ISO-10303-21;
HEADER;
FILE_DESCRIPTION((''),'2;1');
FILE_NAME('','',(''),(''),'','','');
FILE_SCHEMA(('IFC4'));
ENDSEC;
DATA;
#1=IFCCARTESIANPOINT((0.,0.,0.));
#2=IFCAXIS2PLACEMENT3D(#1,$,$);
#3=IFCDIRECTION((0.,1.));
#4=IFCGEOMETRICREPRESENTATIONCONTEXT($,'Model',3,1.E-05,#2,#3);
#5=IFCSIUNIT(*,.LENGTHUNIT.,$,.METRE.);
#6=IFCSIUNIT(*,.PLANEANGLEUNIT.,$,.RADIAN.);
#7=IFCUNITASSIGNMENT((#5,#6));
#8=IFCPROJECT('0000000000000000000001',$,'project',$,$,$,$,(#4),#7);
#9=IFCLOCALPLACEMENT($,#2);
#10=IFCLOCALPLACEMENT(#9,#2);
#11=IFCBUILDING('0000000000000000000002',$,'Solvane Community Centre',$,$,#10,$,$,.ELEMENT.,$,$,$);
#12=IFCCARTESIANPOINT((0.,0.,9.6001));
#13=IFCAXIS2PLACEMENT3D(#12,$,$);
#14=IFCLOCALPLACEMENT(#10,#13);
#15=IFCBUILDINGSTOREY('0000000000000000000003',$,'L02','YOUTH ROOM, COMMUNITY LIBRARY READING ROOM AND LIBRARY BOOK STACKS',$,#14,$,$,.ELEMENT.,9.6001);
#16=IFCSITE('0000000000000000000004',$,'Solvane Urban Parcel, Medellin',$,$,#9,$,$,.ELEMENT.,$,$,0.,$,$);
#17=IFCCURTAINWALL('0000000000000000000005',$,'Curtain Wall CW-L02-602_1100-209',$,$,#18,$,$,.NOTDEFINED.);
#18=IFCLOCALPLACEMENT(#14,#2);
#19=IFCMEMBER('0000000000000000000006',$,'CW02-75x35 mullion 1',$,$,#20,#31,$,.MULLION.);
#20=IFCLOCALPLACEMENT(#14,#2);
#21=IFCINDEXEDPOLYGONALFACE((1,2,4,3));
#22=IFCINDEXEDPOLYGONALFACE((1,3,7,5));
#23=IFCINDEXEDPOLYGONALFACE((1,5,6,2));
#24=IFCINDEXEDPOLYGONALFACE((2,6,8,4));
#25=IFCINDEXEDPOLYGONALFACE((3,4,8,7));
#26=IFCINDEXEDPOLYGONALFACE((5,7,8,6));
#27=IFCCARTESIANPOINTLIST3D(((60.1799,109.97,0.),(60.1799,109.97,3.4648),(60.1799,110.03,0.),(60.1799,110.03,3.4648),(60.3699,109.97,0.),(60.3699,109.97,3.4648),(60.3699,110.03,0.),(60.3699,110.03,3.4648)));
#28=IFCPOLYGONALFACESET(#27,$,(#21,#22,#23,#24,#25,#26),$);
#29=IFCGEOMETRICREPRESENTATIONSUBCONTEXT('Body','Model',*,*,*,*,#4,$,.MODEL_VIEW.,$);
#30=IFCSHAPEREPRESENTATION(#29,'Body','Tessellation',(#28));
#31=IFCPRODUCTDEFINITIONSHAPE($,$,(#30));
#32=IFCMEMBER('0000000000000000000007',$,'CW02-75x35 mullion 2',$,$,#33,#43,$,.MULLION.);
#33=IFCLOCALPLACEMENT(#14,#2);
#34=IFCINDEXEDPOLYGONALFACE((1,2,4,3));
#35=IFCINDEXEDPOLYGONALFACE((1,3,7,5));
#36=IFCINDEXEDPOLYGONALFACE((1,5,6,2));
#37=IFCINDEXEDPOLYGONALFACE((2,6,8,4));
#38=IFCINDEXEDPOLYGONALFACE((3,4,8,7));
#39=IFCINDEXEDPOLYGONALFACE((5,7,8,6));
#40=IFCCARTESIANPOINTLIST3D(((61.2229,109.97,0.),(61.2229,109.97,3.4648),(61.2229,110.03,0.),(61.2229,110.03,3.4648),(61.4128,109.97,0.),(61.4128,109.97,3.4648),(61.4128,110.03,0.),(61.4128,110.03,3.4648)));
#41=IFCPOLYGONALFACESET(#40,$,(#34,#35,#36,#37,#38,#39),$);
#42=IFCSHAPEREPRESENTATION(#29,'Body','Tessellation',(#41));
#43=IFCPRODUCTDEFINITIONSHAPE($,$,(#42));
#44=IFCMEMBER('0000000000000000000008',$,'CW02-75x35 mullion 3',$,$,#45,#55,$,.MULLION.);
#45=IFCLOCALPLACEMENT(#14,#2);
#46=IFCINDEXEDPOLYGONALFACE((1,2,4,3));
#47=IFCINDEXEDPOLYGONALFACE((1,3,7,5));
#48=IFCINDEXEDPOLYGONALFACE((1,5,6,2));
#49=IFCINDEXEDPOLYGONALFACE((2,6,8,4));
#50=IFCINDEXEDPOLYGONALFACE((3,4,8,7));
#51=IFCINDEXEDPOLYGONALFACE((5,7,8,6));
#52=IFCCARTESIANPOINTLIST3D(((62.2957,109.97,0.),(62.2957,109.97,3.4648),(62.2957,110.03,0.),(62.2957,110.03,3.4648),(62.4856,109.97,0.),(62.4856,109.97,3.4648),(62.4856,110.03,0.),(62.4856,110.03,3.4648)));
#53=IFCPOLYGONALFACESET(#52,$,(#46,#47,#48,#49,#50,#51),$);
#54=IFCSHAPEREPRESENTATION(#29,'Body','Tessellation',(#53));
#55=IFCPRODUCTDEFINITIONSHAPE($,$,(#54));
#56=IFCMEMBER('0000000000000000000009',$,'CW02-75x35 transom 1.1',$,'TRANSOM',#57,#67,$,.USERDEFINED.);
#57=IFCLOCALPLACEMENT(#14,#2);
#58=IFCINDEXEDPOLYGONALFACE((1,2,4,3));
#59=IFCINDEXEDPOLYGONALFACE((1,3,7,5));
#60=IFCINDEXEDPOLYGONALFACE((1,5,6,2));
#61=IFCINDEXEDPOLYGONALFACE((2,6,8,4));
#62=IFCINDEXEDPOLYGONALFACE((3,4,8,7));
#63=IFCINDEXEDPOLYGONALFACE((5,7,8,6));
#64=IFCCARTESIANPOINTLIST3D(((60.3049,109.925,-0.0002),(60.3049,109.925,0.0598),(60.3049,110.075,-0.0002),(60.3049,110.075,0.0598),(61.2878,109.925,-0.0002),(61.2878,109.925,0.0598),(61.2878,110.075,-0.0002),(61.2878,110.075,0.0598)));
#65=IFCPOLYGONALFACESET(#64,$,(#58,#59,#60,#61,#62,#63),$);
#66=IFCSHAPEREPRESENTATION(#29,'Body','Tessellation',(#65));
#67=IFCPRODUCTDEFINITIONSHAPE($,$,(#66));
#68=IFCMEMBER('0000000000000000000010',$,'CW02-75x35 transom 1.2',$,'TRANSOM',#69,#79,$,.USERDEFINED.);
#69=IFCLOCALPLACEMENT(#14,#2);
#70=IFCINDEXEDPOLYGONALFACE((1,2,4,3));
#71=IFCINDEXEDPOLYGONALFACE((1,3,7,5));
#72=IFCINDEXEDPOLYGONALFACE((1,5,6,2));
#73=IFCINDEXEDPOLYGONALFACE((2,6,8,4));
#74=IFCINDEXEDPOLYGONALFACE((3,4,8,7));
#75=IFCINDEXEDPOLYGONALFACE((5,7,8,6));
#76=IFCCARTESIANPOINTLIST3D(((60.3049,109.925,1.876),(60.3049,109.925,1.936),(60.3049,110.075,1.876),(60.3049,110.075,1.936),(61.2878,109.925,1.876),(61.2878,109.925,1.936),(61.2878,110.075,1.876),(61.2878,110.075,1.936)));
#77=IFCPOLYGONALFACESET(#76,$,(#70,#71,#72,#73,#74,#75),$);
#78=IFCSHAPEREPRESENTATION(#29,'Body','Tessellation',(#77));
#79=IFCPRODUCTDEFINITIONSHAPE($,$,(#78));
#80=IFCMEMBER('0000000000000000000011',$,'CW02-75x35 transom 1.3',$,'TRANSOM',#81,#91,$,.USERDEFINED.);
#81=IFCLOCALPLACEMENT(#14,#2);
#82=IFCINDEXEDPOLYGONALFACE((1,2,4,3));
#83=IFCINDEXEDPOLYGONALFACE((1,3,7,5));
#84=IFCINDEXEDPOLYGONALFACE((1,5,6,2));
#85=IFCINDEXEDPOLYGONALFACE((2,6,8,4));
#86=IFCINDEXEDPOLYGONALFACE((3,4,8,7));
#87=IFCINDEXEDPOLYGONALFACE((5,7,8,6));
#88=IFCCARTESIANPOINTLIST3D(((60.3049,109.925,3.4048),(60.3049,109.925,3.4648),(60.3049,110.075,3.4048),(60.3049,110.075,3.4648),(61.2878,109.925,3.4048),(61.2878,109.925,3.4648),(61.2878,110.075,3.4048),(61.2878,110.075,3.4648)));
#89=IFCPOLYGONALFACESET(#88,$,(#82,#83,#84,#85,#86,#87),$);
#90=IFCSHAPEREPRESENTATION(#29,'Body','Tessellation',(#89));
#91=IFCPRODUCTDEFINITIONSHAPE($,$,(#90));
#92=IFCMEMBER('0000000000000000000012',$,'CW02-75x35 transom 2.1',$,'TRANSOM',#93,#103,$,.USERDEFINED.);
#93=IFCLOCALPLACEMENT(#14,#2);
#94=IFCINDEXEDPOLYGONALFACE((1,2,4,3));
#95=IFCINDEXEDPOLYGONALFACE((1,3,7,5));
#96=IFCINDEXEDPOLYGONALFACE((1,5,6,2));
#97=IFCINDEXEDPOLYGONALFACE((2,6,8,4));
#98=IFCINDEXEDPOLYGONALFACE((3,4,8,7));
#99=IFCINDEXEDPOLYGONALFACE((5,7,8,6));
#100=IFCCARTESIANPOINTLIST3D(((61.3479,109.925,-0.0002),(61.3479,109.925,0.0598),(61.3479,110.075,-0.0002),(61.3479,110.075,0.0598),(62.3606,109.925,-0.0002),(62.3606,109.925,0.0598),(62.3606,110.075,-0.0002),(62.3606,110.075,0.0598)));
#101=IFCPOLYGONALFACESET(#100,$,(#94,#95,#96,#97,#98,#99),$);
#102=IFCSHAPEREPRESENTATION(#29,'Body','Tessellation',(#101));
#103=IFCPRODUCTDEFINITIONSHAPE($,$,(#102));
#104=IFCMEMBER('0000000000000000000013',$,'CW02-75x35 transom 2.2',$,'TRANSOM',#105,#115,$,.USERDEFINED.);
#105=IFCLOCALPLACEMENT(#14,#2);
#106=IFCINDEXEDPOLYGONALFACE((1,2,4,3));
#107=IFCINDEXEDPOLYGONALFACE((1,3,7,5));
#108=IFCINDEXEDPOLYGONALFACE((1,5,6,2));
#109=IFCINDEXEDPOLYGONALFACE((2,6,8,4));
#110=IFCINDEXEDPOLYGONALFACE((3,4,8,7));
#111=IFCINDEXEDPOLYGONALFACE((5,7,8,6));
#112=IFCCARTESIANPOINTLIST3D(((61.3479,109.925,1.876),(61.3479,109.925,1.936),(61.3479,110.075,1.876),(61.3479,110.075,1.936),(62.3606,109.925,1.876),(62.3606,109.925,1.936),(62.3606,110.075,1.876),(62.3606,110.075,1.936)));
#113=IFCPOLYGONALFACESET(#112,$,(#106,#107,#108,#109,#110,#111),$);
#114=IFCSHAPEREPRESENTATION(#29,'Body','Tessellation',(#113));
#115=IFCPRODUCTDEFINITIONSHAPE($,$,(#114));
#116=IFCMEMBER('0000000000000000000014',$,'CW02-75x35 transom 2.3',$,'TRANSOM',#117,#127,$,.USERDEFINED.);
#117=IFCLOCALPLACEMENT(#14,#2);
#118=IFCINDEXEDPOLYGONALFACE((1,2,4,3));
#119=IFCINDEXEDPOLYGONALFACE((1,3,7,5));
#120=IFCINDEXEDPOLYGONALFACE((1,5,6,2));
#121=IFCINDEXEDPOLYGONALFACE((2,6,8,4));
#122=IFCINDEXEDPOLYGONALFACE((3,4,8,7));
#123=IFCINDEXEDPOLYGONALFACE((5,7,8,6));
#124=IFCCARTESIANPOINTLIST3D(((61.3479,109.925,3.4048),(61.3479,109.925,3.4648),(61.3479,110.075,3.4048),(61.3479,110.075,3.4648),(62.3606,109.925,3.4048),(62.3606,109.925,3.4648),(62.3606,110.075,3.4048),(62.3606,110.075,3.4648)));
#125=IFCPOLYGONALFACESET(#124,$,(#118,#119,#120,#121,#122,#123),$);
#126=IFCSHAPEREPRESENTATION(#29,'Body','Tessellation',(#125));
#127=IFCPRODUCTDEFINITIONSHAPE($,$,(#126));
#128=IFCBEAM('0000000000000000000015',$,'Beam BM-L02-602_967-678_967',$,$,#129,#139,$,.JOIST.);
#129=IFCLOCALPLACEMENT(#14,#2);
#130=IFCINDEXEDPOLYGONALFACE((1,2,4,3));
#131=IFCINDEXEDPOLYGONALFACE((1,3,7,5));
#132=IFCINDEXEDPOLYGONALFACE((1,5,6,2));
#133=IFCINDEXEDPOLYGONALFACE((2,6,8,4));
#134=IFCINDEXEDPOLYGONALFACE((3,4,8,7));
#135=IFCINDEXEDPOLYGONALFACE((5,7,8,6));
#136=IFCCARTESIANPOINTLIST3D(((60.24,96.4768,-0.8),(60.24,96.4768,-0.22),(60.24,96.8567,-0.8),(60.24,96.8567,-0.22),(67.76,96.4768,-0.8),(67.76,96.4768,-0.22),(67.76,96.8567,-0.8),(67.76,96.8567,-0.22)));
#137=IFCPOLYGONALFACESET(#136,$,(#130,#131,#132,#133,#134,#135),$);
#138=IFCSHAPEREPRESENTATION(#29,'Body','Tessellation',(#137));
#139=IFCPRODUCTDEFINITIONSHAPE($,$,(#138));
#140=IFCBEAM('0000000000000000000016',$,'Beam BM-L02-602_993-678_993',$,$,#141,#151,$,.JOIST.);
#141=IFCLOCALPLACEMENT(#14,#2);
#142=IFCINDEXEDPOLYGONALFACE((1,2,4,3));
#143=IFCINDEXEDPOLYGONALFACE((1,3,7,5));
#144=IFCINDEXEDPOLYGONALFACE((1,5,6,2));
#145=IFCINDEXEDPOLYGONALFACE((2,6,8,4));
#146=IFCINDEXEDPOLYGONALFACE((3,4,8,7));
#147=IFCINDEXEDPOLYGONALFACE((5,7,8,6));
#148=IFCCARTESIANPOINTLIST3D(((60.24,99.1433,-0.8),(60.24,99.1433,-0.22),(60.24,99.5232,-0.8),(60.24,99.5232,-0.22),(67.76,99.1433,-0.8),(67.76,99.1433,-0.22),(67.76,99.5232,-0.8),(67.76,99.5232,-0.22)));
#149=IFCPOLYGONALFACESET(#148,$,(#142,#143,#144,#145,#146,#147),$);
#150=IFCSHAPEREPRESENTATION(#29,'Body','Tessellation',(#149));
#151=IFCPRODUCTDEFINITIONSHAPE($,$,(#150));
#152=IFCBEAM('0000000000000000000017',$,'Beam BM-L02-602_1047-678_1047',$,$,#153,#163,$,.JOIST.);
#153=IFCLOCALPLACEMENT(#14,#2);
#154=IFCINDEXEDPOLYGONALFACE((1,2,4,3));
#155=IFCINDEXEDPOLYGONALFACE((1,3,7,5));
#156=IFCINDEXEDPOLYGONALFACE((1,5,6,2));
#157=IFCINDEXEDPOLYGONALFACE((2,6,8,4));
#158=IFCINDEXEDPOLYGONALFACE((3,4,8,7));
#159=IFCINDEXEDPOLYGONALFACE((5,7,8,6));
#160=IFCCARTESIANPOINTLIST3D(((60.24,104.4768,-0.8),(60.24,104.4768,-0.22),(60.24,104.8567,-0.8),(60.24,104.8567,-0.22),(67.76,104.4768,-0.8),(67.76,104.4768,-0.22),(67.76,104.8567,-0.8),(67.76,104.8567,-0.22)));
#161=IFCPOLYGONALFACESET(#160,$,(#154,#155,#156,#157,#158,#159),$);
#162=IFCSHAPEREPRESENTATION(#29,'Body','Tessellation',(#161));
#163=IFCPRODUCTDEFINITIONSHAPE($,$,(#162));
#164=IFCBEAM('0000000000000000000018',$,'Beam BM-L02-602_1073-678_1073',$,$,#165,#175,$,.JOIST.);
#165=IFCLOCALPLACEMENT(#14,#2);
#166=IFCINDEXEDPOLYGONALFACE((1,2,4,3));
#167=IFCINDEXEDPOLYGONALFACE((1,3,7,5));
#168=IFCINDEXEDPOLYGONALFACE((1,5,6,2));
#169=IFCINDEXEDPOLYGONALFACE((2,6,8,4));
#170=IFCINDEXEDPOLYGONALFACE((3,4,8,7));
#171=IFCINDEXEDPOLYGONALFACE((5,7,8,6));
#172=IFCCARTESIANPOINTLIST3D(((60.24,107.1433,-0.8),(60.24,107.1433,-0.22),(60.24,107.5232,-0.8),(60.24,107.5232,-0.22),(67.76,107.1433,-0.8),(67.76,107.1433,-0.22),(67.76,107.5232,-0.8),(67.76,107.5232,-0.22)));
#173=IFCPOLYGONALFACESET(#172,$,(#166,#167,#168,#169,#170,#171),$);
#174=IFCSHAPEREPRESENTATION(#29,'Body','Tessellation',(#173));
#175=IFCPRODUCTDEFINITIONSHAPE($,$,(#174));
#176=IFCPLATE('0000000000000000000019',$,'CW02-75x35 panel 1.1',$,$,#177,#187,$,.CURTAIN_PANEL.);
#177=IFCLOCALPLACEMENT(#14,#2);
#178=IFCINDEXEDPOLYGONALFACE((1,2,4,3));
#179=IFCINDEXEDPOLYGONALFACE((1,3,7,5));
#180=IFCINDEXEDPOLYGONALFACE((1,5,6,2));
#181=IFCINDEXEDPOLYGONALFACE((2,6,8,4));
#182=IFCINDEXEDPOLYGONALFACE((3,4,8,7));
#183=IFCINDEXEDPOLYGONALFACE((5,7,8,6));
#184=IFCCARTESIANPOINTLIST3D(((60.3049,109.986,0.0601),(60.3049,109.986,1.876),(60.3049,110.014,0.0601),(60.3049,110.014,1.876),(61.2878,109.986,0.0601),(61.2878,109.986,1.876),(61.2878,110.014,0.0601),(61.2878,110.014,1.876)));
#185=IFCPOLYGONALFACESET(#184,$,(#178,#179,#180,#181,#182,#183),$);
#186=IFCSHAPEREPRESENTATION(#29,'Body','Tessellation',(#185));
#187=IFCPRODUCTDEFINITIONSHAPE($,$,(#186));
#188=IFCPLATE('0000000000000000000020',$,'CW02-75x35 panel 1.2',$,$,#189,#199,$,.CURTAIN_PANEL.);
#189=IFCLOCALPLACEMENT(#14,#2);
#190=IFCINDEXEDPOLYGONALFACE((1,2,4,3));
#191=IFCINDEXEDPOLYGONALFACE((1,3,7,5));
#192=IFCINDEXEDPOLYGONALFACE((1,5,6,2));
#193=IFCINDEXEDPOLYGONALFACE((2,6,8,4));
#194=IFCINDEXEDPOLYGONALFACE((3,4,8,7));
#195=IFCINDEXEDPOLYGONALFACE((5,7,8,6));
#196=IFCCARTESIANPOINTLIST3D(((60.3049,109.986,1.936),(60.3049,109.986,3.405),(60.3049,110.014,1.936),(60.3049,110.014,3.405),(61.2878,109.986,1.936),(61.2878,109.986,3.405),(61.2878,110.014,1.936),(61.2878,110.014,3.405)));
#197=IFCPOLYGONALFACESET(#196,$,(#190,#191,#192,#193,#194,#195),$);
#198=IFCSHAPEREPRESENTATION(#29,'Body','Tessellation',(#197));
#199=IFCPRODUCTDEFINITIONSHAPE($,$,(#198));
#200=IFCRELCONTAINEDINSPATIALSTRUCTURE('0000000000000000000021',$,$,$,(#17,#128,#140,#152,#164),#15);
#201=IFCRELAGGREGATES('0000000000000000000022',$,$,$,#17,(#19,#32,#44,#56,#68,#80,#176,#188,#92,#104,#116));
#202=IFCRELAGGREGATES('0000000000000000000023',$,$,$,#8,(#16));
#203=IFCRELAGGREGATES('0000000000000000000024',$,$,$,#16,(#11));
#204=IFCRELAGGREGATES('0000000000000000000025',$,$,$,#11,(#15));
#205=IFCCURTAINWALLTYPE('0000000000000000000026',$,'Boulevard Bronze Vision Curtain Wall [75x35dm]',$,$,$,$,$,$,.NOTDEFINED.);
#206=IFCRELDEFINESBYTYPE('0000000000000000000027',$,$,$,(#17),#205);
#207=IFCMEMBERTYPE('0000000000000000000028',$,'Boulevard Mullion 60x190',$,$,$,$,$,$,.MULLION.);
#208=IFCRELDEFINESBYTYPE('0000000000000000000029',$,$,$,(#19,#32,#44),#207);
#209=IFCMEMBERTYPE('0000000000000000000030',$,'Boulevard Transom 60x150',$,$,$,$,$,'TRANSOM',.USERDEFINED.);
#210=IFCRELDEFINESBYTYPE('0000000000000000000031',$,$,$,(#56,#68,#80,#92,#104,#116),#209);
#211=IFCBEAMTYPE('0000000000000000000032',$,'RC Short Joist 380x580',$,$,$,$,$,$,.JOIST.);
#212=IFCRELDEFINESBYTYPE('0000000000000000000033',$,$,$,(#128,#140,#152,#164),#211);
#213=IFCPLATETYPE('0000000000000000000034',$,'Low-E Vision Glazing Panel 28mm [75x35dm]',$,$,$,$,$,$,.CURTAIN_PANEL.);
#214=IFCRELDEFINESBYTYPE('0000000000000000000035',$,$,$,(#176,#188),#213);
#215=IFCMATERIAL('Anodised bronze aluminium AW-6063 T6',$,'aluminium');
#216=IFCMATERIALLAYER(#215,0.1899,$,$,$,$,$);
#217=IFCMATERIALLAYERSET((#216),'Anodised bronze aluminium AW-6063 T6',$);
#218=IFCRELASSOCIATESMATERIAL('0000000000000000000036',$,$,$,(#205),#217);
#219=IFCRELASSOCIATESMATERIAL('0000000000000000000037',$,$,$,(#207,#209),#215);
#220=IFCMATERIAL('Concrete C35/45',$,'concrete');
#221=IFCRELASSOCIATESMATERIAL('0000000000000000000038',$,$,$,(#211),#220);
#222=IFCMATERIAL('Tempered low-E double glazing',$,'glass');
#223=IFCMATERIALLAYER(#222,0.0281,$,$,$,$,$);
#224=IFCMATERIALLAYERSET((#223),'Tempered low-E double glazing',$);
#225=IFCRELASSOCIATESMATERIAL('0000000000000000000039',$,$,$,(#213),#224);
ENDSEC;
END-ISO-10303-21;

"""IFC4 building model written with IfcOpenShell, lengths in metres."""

from ifc_helpers import new_model, si_unit, direction, frame, origin, origin_2d, place, context, subcontext, project, spatial, rectangle, extrude, material, layer, layer_set, material_profile, profile_set, type_object, element, aggregate, save


model = new_model("IFC4")

# Units and contexts
model_context = context("Model", 3, precision=1e-05, world=origin(), true_north=direction((0.0, 1.0)))
body_context = subcontext(model_context, "Body", "Model", "MODEL_VIEW")
ifc_project = project(units=[si_unit("LENGTHUNIT", "METRE"), si_unit("PLANEANGLEUNIT", "RADIAN")], contexts=[model_context])

# Site, building, storey
site_placement = place(None, origin())
site = spatial("IfcSite", under=ifc_project, at=site_placement, Name="Solvane Urban Parcel, Medellin", CompositionType="ELEMENT", RefElevation=0.0)
building_placement = place(site_placement, origin())
building = spatial("IfcBuilding", under=site, at=building_placement, Name="Solvane Community Centre", CompositionType="ELEMENT")
storey_placement = place(building_placement, frame((0.0, 0.0, 9.6001)))
storey = spatial("IfcBuildingStorey", under=building, at=storey_placement, Name="L02", Description="YOUTH ROOM, COMMUNITY LIBRARY READING ROOM AND LIBRARY BOOK STACKS", CompositionType="ELEMENT", Elevation=9.6001)

# Curtain wall, members
ifc_material_1 = material(Name="Anodised bronze aluminium AW-6063 T6", Category="aluminium")
ifc_layer_1 = layer(ifc_material_1, 0.1899)
ifc_layer_set_1 = layer_set([ifc_layer_1], Name="Anodised bronze aluminium AW-6063 T6")
curtain_wall_type = type_object("IfcCurtainWallType", Name="Boulevard Bronze Vision Curtain Wall [75x35dm]", PredefinedType="NOTDEFINED", material=ifc_layer_set_1)
curtain_wall_placement = place(storey_placement, origin())
curtain_wall = element("IfcCurtainWall", 1, at=curtain_wall_placement, inside=storey, type_object=curtain_wall_type, Name="Curtain Wall CW-L02-602_1100-209", PredefinedType="NOTDEFINED")
ifc_material_profile_1 = material_profile(ifc_material_1, rectangle(XDim=0.0601, YDim=0.1899, at=origin_2d()), Name="CW-M 60x190")
ifc_profile_set_1 = profile_set([ifc_material_profile_1], Name="Anodised bronze aluminium AW-6063 T6")
member_type_1 = type_object("IfcMemberType", Name="Boulevard Mullion 60x190", PredefinedType="MULLION", material=ifc_profile_set_1)
member_1_placement = place(storey_placement, frame((60.2749, 110.0, 0.0), z_axis=(0.0, 0.0, 1.0), x_axis=(0.0, 1.0, 0.0)))
member_1 = element("IfcMember", 2, at=member_1_placement, type_object=member_type_1, Name="CW02-75x35 mullion 1", PredefinedType="MULLION", context=body_context, shape_type="SweptSolid", body=[
    extrude(rectangle(XDim=0.0601, YDim=0.1899, at=origin_2d()), origin(), (0.0, 0.0, 1.0), 3.4648),
])
member_2_placement = place(storey_placement, frame((61.3179, 110.0, 0.0), z_axis=(0.0, 0.0, 1.0), x_axis=(0.0, 1.0, 0.0)))
member_2 = element("IfcMember", 3, at=member_2_placement, type_object=member_type_1, Name="CW02-75x35 mullion 2", PredefinedType="MULLION", context=body_context, shape_type="SweptSolid", body=[
    extrude(rectangle(XDim=0.0601, YDim=0.1899, at=origin_2d()), origin(), (0.0, 0.0, 1.0), 3.4648),
])
member_3_placement = place(storey_placement, frame((62.3906, 110.0, 0.0), z_axis=(0.0, 0.0, 1.0), x_axis=(0.0, 1.0, 0.0)))
member_3 = element("IfcMember", 4, at=member_3_placement, type_object=member_type_1, Name="CW02-75x35 mullion 3", PredefinedType="MULLION", context=body_context, shape_type="SweptSolid", body=[
    extrude(rectangle(XDim=0.0601, YDim=0.1899, at=origin_2d()), origin(), (0.0, 0.0, 1.0), 3.4648),
])
ifc_material_profile_2 = material_profile(ifc_material_1, rectangle(XDim=0.1499, YDim=0.0601, at=origin_2d()), Name="CW-T 60x150")
ifc_profile_set_2 = profile_set([ifc_material_profile_2], Name="Anodised bronze aluminium AW-6063 T6")
member_type_2 = type_object("IfcMemberType", Name="Boulevard Transom 60x150", ElementType="TRANSOM", PredefinedType="USERDEFINED", material=ifc_profile_set_2)
member_4_placement = place(storey_placement, frame((60.3049, 110.0, 0.0298), z_axis=(1.0, 0.0, 0.0), x_axis=(0.0, 1.0, 0.0)))
member_4 = element("IfcMember", 5, at=member_4_placement, type_object=member_type_2, Name="CW02-75x35 transom 1.1", ObjectType="TRANSOM", PredefinedType="USERDEFINED", context=body_context, shape_type="SweptSolid", body=[
    extrude(rectangle(XDim=0.1499, YDim=0.0601, at=origin_2d()), origin(), (0.0, 0.0, 1.0), 0.9829),
])
member_5_placement = place(storey_placement, frame((60.3049, 110.0, 1.906), z_axis=(1.0, 0.0, 0.0), x_axis=(0.0, 1.0, 0.0)))
member_5 = element("IfcMember", 6, at=member_5_placement, type_object=member_type_2, Name="CW02-75x35 transom 1.2", ObjectType="TRANSOM", PredefinedType="USERDEFINED", context=body_context, shape_type="SweptSolid", body=[
    extrude(rectangle(XDim=0.1499, YDim=0.0601, at=origin_2d()), origin(), (0.0, 0.0, 1.0), 0.9829),
])
member_6_placement = place(storey_placement, frame((60.3049, 110.0, 3.4348), z_axis=(1.0, 0.0, 0.0), x_axis=(0.0, 1.0, 0.0)))
member_6 = element("IfcMember", 7, at=member_6_placement, type_object=member_type_2, Name="CW02-75x35 transom 1.3", ObjectType="TRANSOM", PredefinedType="USERDEFINED", context=body_context, shape_type="SweptSolid", body=[
    extrude(rectangle(XDim=0.1499, YDim=0.0601, at=origin_2d()), origin(), (0.0, 0.0, 1.0), 0.9829),
])
member_7_placement = place(storey_placement, frame((61.3479, 110.0, 0.0298), z_axis=(1.0, 0.0, 0.0), x_axis=(0.0, 1.0, 0.0)))
member_7 = element("IfcMember", 8, at=member_7_placement, type_object=member_type_2, Name="CW02-75x35 transom 2.1", ObjectType="TRANSOM", PredefinedType="USERDEFINED", context=body_context, shape_type="SweptSolid", body=[
    extrude(rectangle(XDim=0.1499, YDim=0.0601, at=origin_2d()), origin(), (0.0, 0.0, 1.0), 1.0127),
])
member_8_placement = place(storey_placement, frame((61.3479, 110.0, 1.906), z_axis=(1.0, 0.0, 0.0), x_axis=(0.0, 1.0, 0.0)))
member_8 = element("IfcMember", 9, at=member_8_placement, type_object=member_type_2, Name="CW02-75x35 transom 2.2", ObjectType="TRANSOM", PredefinedType="USERDEFINED", context=body_context, shape_type="SweptSolid", body=[
    extrude(rectangle(XDim=0.1499, YDim=0.0601, at=origin_2d()), origin(), (0.0, 0.0, 1.0), 1.0127),
])
member_9_placement = place(storey_placement, frame((61.3479, 110.0, 3.4348), z_axis=(1.0, 0.0, 0.0), x_axis=(0.0, 1.0, 0.0)))
member_9 = element("IfcMember", 10, at=member_9_placement, type_object=member_type_2, Name="CW02-75x35 transom 2.3", ObjectType="TRANSOM", PredefinedType="USERDEFINED", context=body_context, shape_type="SweptSolid", body=[
    extrude(rectangle(XDim=0.1499, YDim=0.0601, at=origin_2d()), origin(), (0.0, 0.0, 1.0), 1.0127),
])

# Beams
ifc_material_2 = material(Name="Concrete C35/45", Category="concrete")
ifc_material_profile_3 = material_profile(ifc_material_2, rectangle(XDim=0.3799, YDim=0.5801, at=origin_2d()), Name="RC 380x580")
ifc_profile_set_3 = profile_set([ifc_material_profile_3], Name="Concrete C35/45")
beam_type = type_object("IfcBeamType", Name="RC Short Joist 380x580", PredefinedType="JOIST", material=ifc_profile_set_3)
for number, where, z_axis, x_axis, name in (
    (11, (60.24, 96.6667, -0.51), (1.0, 0.0, 0.0), (0.0, 1.0, 0.0), "Beam BM-L02-602_967-678_967"),
    (12, (60.24, 99.3333, -0.51), (1.0, 0.0, 0.0), (0.0, 1.0, 0.0), "Beam BM-L02-602_993-678_993"),
    (13, (60.24, 104.6667, -0.51), (1.0, 0.0, 0.0), (0.0, 1.0, 0.0), "Beam BM-L02-602_1047-678_1047"),
    (14, (60.24, 107.3333, -0.51), (1.0, 0.0, 0.0), (0.0, 1.0, 0.0), "Beam BM-L02-602_1073-678_1073"),
):
    element("IfcBeam", number, at=place(storey_placement, frame(where, z_axis=z_axis, x_axis=x_axis)), inside=storey, type_object=beam_type, Name=name, PredefinedType="JOIST", context=body_context, shape_type="SweptSolid", body=[
        extrude(rectangle(XDim=0.3799, YDim=0.5801, at=origin_2d()), origin(), (0.0, 0.0, 1.0), 7.52),
    ])

# Plates
ifc_material_3 = material(Name="Tempered low-E double glazing", Category="glass")
ifc_layer_2 = layer(ifc_material_3, 0.0281)
ifc_layer_set_2 = layer_set([ifc_layer_2], Name="Tempered low-E double glazing")
plate_type = type_object("IfcPlateType", Name="Low-E Vision Glazing Panel 28mm [75x35dm]", PredefinedType="CURTAIN_PANEL", material=ifc_layer_set_2)
plate_1_placement = place(storey_placement, frame((60.7964, 110.0, 0.0601), z_axis=(0.0, 0.0, 1.0), x_axis=(1.0, 0.0, 0.0)))
plate_1 = element("IfcPlate", 15, at=plate_1_placement, type_object=plate_type, Name="CW02-75x35 panel 1.1", PredefinedType="CURTAIN_PANEL", context=body_context, shape_type="SweptSolid", body=[
    extrude(rectangle(XDim=0.9829, YDim=0.0281, at=origin_2d()), origin(), (0.0, 0.0, 1.0), 1.8159),
])
plate_2_placement = place(storey_placement, frame((60.7964, 110.0, 1.936), z_axis=(0.0, 0.0, 1.0), x_axis=(1.0, 0.0, 0.0)))
plate_2 = element("IfcPlate", 16, at=plate_2_placement, type_object=plate_type, Name="CW02-75x35 panel 1.2", PredefinedType="CURTAIN_PANEL", context=body_context, shape_type="SweptSolid", body=[
    extrude(rectangle(XDim=0.9829, YDim=0.0281, at=origin_2d()), origin(), (0.0, 0.0, 1.0), 1.469),
])
aggregate(curtain_wall, [member_1, member_2, member_3, member_4, member_5, member_6, plate_1, plate_2, member_7, member_8, member_9])

save(model, "model.ifc")
